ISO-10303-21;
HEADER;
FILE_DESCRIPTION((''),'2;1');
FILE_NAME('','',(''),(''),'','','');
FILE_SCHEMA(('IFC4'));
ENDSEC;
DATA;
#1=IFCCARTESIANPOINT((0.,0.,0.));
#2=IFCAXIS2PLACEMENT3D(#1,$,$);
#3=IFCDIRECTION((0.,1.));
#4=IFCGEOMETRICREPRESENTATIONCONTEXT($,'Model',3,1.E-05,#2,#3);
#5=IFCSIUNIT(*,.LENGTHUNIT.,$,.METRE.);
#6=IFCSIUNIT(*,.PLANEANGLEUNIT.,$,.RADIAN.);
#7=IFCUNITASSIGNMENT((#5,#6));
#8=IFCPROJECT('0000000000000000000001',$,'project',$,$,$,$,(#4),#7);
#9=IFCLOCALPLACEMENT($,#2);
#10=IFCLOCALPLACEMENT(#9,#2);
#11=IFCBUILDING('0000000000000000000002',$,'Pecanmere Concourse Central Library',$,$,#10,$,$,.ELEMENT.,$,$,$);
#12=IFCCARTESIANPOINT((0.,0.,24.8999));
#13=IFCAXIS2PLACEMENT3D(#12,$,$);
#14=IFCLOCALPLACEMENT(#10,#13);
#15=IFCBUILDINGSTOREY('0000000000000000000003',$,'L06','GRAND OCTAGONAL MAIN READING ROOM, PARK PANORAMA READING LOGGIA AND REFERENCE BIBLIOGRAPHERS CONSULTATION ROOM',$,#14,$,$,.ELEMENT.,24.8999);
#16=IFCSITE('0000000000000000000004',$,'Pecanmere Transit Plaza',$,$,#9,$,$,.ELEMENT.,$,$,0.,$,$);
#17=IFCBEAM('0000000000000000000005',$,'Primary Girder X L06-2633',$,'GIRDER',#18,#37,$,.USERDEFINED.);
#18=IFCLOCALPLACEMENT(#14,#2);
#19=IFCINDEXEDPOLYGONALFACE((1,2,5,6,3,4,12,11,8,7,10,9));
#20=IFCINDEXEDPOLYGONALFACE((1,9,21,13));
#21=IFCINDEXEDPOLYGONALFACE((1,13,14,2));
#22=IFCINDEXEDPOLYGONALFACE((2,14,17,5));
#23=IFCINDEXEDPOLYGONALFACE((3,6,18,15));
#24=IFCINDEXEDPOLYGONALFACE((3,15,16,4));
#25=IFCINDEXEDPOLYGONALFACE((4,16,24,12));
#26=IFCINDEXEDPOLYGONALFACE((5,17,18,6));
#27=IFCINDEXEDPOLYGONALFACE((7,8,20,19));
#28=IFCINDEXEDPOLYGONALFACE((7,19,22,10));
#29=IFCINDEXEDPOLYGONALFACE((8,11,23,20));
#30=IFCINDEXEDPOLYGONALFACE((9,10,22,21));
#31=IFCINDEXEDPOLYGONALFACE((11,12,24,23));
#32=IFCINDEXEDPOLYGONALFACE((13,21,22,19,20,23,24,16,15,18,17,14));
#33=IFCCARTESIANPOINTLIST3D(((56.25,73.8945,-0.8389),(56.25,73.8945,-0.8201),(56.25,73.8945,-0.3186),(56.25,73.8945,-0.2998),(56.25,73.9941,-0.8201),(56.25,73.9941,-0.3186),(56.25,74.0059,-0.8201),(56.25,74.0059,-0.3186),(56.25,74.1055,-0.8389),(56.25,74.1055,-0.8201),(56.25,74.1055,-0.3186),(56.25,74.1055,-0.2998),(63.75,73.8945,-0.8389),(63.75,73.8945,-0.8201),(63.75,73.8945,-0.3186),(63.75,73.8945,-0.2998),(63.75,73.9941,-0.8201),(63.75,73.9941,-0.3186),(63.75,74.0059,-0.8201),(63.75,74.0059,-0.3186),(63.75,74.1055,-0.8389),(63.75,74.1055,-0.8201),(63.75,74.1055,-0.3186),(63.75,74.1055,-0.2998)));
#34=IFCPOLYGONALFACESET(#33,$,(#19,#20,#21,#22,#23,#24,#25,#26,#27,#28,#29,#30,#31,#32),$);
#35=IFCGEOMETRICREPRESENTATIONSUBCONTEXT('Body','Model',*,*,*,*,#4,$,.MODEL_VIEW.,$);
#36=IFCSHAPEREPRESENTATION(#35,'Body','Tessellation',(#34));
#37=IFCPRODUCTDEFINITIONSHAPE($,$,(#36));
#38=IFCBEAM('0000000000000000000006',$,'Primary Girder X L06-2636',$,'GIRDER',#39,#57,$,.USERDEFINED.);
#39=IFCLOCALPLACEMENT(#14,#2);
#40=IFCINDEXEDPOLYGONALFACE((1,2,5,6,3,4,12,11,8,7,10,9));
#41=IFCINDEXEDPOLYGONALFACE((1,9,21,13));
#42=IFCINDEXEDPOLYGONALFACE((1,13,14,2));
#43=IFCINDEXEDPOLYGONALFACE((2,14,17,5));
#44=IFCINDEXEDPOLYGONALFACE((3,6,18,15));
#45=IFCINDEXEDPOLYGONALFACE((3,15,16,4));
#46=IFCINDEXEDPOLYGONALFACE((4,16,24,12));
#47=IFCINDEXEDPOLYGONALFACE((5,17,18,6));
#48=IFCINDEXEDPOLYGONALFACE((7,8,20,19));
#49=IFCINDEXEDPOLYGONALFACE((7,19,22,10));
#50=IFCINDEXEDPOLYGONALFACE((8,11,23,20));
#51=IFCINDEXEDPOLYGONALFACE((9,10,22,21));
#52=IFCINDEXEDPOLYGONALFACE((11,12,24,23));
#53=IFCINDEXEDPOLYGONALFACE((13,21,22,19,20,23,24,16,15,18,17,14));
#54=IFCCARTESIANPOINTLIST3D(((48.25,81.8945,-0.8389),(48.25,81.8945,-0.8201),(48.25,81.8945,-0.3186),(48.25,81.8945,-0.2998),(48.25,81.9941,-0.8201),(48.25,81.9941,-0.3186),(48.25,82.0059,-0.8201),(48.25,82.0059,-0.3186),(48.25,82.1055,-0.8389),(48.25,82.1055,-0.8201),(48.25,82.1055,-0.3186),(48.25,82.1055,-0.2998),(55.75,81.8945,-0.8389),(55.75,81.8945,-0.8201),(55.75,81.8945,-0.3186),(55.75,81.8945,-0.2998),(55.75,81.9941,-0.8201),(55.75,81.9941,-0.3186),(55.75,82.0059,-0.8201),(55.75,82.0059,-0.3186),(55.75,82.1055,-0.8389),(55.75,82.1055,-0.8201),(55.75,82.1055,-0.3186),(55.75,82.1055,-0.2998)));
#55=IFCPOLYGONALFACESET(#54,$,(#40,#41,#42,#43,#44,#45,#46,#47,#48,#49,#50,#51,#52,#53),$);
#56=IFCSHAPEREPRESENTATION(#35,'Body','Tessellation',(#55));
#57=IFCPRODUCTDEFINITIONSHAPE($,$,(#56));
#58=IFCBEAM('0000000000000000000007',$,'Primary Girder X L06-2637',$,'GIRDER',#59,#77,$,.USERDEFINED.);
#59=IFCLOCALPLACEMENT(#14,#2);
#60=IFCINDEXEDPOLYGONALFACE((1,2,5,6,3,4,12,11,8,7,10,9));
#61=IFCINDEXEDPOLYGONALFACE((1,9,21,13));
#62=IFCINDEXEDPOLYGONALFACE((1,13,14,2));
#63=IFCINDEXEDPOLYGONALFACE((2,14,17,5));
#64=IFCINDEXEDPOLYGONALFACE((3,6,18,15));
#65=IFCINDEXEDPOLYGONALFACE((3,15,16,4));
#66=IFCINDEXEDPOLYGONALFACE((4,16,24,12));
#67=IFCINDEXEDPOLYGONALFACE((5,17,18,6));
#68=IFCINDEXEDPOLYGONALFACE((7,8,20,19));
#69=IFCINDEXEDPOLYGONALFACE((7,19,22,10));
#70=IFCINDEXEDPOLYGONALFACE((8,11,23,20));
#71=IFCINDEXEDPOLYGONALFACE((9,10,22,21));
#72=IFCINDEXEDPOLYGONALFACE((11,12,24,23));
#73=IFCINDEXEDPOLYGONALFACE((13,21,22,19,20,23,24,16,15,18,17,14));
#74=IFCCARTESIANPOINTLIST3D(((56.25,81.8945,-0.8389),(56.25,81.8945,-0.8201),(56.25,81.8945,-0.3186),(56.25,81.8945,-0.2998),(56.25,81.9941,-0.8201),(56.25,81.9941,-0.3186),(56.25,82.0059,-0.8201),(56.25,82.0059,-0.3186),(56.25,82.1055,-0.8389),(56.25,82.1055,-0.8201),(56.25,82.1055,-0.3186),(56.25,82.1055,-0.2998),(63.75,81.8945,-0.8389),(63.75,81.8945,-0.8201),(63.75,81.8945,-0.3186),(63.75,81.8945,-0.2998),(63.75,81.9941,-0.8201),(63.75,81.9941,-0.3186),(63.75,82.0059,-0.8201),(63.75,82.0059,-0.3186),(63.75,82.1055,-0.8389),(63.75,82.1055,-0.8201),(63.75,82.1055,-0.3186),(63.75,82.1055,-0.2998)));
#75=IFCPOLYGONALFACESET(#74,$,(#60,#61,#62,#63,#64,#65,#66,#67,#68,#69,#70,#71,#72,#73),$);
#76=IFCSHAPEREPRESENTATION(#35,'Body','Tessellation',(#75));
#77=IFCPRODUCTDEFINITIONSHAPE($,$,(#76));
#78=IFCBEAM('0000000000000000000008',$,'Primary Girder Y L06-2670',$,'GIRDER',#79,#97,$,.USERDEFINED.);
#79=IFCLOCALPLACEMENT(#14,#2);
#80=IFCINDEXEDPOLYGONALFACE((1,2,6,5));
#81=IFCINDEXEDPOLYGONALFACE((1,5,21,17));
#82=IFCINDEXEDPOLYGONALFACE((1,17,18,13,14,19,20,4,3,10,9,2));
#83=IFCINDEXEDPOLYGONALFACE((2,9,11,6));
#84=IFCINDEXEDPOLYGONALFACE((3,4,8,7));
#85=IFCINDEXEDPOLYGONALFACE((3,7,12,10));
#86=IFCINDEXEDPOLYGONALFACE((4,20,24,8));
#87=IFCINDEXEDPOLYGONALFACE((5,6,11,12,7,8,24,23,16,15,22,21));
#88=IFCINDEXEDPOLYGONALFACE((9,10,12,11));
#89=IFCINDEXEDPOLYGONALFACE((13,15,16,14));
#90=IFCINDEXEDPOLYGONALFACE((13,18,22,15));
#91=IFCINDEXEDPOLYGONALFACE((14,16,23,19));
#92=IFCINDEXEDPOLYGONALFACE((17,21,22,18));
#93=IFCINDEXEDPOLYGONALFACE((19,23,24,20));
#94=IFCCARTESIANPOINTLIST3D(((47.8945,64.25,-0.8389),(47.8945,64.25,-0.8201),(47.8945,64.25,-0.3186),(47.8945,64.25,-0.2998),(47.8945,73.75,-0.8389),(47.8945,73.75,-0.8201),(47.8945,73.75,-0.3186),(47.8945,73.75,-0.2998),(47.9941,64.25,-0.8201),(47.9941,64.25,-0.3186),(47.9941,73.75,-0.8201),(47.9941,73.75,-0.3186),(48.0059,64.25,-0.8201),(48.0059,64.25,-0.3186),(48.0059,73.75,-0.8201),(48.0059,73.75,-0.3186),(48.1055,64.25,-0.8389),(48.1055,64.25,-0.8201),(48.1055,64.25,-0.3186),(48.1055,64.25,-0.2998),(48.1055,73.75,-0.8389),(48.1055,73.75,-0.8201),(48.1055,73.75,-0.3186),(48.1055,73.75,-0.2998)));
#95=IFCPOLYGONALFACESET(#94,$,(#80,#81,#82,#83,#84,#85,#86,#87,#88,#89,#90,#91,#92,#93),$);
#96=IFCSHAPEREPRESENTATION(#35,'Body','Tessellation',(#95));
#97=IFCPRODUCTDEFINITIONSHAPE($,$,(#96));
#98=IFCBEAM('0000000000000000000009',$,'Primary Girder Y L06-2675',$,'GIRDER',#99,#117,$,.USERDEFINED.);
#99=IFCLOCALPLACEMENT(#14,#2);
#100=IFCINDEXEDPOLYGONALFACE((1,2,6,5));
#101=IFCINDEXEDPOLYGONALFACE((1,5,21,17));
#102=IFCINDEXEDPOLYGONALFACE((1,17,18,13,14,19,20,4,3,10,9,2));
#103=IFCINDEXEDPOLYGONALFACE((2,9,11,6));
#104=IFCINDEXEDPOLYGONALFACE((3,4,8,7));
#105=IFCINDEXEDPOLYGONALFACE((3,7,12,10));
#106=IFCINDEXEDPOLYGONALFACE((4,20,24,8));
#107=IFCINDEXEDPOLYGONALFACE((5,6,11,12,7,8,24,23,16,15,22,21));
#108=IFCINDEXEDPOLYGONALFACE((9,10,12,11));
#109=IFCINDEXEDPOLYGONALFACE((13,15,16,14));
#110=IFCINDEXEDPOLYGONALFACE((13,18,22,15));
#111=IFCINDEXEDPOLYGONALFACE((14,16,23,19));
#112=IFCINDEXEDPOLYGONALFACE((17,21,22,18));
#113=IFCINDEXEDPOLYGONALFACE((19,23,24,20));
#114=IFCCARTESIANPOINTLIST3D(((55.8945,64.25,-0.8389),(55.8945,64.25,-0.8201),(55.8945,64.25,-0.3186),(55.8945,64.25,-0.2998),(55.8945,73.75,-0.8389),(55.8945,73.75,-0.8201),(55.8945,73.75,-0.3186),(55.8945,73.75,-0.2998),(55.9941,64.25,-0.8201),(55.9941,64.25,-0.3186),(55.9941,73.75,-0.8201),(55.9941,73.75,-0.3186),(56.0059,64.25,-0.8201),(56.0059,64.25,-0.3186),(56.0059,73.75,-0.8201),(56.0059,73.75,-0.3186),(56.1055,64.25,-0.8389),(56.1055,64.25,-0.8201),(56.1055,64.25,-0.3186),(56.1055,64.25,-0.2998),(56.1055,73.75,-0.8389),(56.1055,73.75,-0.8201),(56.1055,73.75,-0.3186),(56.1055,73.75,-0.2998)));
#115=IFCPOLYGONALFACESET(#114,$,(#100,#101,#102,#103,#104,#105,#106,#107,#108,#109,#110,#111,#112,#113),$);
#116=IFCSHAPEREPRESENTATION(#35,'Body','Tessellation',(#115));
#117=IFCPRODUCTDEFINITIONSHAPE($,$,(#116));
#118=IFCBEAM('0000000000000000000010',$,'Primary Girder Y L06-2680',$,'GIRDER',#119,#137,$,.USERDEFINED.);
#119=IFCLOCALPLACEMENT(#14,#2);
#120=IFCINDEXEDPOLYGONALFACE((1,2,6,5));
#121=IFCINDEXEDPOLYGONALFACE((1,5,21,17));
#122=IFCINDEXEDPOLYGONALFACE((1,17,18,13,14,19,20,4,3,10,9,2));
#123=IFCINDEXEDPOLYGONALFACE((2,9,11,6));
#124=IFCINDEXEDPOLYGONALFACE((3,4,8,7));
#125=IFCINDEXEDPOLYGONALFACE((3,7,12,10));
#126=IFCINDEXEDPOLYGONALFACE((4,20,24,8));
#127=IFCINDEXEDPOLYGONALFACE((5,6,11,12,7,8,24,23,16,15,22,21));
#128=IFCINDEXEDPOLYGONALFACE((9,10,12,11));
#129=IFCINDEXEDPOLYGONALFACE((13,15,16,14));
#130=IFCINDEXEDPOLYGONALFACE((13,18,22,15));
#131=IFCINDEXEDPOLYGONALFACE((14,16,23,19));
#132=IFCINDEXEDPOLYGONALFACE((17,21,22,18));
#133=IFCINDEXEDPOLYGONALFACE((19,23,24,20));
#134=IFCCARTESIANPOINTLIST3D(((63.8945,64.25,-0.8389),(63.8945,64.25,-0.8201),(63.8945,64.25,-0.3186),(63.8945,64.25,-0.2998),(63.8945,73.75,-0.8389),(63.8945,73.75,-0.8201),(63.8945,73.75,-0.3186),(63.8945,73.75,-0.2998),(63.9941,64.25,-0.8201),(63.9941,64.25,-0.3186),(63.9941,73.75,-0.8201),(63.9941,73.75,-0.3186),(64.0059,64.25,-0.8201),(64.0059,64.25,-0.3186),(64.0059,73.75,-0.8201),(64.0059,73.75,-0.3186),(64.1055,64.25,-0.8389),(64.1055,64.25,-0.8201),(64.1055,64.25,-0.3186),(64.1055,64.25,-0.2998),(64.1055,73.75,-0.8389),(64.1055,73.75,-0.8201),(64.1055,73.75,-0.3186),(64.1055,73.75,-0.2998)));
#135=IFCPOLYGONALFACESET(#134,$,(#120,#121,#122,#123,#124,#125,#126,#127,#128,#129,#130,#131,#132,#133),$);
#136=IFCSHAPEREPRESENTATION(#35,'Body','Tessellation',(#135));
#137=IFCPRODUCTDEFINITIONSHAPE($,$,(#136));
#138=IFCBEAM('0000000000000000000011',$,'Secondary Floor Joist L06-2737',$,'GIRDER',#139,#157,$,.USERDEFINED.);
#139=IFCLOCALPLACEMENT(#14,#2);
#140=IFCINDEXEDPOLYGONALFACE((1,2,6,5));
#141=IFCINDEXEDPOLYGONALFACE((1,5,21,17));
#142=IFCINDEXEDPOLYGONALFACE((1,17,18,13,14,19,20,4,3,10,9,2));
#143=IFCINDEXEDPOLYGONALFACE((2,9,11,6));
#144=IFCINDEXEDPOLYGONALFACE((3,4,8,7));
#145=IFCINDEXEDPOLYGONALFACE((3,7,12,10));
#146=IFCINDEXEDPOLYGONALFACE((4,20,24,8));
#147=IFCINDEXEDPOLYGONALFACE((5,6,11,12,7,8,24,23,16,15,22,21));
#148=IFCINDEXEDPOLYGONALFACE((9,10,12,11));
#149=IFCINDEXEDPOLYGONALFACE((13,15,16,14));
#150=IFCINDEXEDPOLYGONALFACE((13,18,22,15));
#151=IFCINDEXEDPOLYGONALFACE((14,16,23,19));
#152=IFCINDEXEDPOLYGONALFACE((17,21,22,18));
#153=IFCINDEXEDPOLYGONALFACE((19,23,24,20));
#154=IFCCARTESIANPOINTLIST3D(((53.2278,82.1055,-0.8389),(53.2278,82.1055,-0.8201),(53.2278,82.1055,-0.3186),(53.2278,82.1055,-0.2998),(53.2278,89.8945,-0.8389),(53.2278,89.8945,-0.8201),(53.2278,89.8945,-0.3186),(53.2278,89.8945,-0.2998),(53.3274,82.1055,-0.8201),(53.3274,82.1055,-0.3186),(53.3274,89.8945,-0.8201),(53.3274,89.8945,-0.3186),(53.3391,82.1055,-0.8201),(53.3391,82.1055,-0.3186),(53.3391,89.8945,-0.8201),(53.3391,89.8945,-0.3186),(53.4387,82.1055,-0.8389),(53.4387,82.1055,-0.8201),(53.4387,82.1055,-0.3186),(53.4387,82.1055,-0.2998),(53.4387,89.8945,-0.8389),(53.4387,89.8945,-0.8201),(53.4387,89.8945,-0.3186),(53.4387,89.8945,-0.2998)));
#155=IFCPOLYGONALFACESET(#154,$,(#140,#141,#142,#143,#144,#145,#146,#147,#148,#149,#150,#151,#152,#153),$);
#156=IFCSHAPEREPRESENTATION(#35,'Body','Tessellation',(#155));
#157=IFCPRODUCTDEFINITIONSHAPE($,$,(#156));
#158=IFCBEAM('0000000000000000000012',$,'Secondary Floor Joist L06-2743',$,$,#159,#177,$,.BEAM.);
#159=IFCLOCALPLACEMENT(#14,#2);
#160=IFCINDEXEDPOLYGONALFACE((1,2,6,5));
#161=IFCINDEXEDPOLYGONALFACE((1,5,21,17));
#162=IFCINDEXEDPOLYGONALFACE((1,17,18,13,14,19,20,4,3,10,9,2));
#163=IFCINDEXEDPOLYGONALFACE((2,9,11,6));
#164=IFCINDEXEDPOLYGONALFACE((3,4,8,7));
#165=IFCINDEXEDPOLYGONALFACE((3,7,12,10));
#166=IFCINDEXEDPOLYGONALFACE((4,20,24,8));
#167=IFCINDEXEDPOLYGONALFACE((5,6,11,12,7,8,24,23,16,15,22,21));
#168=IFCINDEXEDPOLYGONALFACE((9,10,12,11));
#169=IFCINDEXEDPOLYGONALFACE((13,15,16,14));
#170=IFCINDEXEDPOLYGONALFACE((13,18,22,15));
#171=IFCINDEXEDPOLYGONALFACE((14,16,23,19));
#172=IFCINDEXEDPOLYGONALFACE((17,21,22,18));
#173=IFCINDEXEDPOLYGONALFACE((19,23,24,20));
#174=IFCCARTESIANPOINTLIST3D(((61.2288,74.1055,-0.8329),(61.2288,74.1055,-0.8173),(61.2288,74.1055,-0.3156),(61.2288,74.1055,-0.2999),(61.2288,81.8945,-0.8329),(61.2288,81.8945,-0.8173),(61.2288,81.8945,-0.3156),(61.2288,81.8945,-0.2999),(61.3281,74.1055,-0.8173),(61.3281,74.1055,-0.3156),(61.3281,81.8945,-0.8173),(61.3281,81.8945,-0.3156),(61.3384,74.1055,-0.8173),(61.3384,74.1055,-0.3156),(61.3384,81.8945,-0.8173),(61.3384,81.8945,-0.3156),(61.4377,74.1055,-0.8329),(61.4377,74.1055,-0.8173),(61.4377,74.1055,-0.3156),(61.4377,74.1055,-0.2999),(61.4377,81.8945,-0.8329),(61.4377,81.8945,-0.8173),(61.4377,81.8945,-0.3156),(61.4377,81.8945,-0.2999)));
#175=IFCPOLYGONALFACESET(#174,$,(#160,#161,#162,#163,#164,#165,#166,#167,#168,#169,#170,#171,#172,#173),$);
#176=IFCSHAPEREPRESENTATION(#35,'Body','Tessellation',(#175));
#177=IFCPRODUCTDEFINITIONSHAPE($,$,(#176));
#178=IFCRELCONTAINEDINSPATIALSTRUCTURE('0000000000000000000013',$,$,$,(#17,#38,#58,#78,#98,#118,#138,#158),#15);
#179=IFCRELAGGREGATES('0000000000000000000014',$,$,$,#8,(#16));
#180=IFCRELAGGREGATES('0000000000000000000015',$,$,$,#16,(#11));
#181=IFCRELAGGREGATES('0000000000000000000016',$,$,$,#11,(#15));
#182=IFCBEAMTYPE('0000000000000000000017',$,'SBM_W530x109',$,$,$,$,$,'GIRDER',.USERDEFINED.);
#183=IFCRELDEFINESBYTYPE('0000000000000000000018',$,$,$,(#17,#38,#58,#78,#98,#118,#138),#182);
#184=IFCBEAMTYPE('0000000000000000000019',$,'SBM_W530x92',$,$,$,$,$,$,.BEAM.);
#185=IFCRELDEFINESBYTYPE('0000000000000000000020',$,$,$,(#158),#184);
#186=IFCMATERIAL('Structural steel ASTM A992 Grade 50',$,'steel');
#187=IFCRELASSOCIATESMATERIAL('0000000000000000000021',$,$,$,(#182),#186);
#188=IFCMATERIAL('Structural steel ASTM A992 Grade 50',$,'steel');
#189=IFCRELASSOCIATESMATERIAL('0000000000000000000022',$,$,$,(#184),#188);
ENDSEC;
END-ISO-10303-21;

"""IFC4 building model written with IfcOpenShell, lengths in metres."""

from ifc_helpers import new_model, si_unit, direction, frame, origin, origin_2d, place, context, subcontext, project, spatial, i_section, extrude, material, material_profile, profile_set, type_object, element, save


model = new_model("IFC4")

# Units and contexts
model_context = context("Model", 3, precision=1e-05, world=origin(), true_north=direction((0.0, 1.0)))
body_context = subcontext(model_context, "Body", "Model", "MODEL_VIEW")
ifc_project = project(units=[si_unit("LENGTHUNIT", "METRE"), si_unit("PLANEANGLEUNIT", "RADIAN")], contexts=[model_context])

# Site, building, storey
site_placement = place(None, origin())
site = spatial("IfcSite", under=ifc_project, at=site_placement, Name="Pecanmere Transit Plaza", CompositionType="ELEMENT", RefElevation=0.0)
building_placement = place(site_placement, origin())
building = spatial("IfcBuilding", under=site, at=building_placement, Name="Pecanmere Concourse Central Library", CompositionType="ELEMENT")
storey_placement = place(building_placement, frame((0.0, 0.0, 24.8999)))
storey = spatial("IfcBuildingStorey", under=building, at=storey_placement, Name="L06", Description="GRAND OCTAGONAL MAIN READING ROOM, PARK PANORAMA READING LOGGIA AND REFERENCE BIBLIOGRAPHERS CONSULTATION ROOM", CompositionType="ELEMENT", Elevation=24.8999)

# Beams
ifc_material_1 = material(Name="Structural steel ASTM A992 Grade 50", Category="steel")
ifc_material_profile_1 = material_profile(ifc_material_1, i_section(OverallWidth=0.2109, OverallDepth=0.5391, WebThickness=0.0117, FlangeThickness=0.0188, at=origin_2d()), Name="W530x109")
ifc_profile_set_1 = profile_set([ifc_material_profile_1], Name="Structural steel ASTM A992 Grade 50")
beam_type_1 = type_object("IfcBeamType", Name="SBM_W530x109", ElementType="GIRDER", PredefinedType="USERDEFINED", material=ifc_profile_set_1)
for number, where, z_axis, x_axis, name in (
    (1, (56.25, 74.0, -0.5693), (1.0, 0.0, 0.0), (0.0, 1.0, 0.0), "Primary Girder X L06-2633"),
    (2, (48.25, 82.0, -0.5693), (1.0, 0.0, 0.0), (0.0, 1.0, 0.0), "Primary Girder X L06-2636"),
    (3, (56.25, 82.0, -0.5693), (1.0, 0.0, 0.0), (0.0, 1.0, 0.0), "Primary Girder X L06-2637"),
):
    element("IfcBeam", number, at=place(storey_placement, frame(where, z_axis=z_axis, x_axis=x_axis)), inside=storey, type_object=beam_type_1, Name=name, ObjectType="GIRDER", PredefinedType="USERDEFINED", context=body_context, shape_type="SweptSolid", body=[
        extrude(i_section(OverallWidth=0.2109, OverallDepth=0.5391, WebThickness=0.0117, FlangeThickness=0.0188, at=origin_2d()), origin(), (0.0, 0.0, 1.0), 7.5),
    ])
for number, where, z_axis, x_axis, name in (
    (4, (48.0, 64.25, -0.5693), (0.0, 1.0, 0.0), (-1.0, 0.0, 0.0), "Primary Girder Y L06-2670"),
    (5, (56.0, 64.25, -0.5693), (0.0, 1.0, 0.0), (-1.0, 0.0, 0.0), "Primary Girder Y L06-2675"),
    (6, (64.0, 64.25, -0.5693), (0.0, 1.0, 0.0), (-1.0, 0.0, 0.0), "Primary Girder Y L06-2680"),
):
    element("IfcBeam", number, at=place(storey_placement, frame(where, z_axis=z_axis, x_axis=x_axis)), inside=storey, type_object=beam_type_1, Name=name, ObjectType="GIRDER", PredefinedType="USERDEFINED", context=body_context, shape_type="SweptSolid", body=[
        extrude(i_section(OverallWidth=0.2109, OverallDepth=0.5391, WebThickness=0.0117, FlangeThickness=0.0188, at=origin_2d()), origin(), (0.0, 0.0, 1.0), 9.5),
    ])
beam_1_placement = place(storey_placement, frame((53.3333, 82.1055, -0.5693), z_axis=(0.0, 1.0, 0.0), x_axis=(-1.0, 0.0, 0.0)))
element("IfcBeam", 7, at=beam_1_placement, inside=storey, type_object=beam_type_1, Name="Secondary Floor Joist L06-2737", ObjectType="GIRDER", PredefinedType="USERDEFINED", context=body_context, shape_type="SweptSolid", body=[
    extrude(i_section(OverallWidth=0.2109, OverallDepth=0.5391, WebThickness=0.0117, FlangeThickness=0.0188, at=origin_2d()), origin(), (0.0, 0.0, 1.0), 7.7891),
])
ifc_material_2 = material(Name="Structural steel ASTM A992 Grade 50", Category="steel")
ifc_material_profile_2 = material_profile(ifc_material_2, i_section(OverallWidth=0.209, OverallDepth=0.533, WebThickness=0.0103, FlangeThickness=0.0156, at=origin_2d()), Name="W530x92")
ifc_profile_set_2 = profile_set([ifc_material_profile_2], Name="Structural steel ASTM A992 Grade 50")
beam_type_2 = type_object("IfcBeamType", Name="SBM_W530x92", PredefinedType="BEAM", material=ifc_profile_set_2)
beam_2_placement = place(storey_placement, frame((61.3333, 74.1055, -0.5664), z_axis=(0.0, 1.0, 0.0), x_axis=(-1.0, 0.0, 0.0)))
element("IfcBeam", 8, at=beam_2_placement, inside=storey, type_object=beam_type_2, Name="Secondary Floor Joist L06-2743", PredefinedType="BEAM", context=body_context, shape_type="SweptSolid", body=[
    extrude(i_section(OverallWidth=0.209, OverallDepth=0.533, WebThickness=0.0103, FlangeThickness=0.0156, at=origin_2d()), origin(), (0.0, 0.0, 1.0), 7.7891),
])

save(model, "model.ifc")
